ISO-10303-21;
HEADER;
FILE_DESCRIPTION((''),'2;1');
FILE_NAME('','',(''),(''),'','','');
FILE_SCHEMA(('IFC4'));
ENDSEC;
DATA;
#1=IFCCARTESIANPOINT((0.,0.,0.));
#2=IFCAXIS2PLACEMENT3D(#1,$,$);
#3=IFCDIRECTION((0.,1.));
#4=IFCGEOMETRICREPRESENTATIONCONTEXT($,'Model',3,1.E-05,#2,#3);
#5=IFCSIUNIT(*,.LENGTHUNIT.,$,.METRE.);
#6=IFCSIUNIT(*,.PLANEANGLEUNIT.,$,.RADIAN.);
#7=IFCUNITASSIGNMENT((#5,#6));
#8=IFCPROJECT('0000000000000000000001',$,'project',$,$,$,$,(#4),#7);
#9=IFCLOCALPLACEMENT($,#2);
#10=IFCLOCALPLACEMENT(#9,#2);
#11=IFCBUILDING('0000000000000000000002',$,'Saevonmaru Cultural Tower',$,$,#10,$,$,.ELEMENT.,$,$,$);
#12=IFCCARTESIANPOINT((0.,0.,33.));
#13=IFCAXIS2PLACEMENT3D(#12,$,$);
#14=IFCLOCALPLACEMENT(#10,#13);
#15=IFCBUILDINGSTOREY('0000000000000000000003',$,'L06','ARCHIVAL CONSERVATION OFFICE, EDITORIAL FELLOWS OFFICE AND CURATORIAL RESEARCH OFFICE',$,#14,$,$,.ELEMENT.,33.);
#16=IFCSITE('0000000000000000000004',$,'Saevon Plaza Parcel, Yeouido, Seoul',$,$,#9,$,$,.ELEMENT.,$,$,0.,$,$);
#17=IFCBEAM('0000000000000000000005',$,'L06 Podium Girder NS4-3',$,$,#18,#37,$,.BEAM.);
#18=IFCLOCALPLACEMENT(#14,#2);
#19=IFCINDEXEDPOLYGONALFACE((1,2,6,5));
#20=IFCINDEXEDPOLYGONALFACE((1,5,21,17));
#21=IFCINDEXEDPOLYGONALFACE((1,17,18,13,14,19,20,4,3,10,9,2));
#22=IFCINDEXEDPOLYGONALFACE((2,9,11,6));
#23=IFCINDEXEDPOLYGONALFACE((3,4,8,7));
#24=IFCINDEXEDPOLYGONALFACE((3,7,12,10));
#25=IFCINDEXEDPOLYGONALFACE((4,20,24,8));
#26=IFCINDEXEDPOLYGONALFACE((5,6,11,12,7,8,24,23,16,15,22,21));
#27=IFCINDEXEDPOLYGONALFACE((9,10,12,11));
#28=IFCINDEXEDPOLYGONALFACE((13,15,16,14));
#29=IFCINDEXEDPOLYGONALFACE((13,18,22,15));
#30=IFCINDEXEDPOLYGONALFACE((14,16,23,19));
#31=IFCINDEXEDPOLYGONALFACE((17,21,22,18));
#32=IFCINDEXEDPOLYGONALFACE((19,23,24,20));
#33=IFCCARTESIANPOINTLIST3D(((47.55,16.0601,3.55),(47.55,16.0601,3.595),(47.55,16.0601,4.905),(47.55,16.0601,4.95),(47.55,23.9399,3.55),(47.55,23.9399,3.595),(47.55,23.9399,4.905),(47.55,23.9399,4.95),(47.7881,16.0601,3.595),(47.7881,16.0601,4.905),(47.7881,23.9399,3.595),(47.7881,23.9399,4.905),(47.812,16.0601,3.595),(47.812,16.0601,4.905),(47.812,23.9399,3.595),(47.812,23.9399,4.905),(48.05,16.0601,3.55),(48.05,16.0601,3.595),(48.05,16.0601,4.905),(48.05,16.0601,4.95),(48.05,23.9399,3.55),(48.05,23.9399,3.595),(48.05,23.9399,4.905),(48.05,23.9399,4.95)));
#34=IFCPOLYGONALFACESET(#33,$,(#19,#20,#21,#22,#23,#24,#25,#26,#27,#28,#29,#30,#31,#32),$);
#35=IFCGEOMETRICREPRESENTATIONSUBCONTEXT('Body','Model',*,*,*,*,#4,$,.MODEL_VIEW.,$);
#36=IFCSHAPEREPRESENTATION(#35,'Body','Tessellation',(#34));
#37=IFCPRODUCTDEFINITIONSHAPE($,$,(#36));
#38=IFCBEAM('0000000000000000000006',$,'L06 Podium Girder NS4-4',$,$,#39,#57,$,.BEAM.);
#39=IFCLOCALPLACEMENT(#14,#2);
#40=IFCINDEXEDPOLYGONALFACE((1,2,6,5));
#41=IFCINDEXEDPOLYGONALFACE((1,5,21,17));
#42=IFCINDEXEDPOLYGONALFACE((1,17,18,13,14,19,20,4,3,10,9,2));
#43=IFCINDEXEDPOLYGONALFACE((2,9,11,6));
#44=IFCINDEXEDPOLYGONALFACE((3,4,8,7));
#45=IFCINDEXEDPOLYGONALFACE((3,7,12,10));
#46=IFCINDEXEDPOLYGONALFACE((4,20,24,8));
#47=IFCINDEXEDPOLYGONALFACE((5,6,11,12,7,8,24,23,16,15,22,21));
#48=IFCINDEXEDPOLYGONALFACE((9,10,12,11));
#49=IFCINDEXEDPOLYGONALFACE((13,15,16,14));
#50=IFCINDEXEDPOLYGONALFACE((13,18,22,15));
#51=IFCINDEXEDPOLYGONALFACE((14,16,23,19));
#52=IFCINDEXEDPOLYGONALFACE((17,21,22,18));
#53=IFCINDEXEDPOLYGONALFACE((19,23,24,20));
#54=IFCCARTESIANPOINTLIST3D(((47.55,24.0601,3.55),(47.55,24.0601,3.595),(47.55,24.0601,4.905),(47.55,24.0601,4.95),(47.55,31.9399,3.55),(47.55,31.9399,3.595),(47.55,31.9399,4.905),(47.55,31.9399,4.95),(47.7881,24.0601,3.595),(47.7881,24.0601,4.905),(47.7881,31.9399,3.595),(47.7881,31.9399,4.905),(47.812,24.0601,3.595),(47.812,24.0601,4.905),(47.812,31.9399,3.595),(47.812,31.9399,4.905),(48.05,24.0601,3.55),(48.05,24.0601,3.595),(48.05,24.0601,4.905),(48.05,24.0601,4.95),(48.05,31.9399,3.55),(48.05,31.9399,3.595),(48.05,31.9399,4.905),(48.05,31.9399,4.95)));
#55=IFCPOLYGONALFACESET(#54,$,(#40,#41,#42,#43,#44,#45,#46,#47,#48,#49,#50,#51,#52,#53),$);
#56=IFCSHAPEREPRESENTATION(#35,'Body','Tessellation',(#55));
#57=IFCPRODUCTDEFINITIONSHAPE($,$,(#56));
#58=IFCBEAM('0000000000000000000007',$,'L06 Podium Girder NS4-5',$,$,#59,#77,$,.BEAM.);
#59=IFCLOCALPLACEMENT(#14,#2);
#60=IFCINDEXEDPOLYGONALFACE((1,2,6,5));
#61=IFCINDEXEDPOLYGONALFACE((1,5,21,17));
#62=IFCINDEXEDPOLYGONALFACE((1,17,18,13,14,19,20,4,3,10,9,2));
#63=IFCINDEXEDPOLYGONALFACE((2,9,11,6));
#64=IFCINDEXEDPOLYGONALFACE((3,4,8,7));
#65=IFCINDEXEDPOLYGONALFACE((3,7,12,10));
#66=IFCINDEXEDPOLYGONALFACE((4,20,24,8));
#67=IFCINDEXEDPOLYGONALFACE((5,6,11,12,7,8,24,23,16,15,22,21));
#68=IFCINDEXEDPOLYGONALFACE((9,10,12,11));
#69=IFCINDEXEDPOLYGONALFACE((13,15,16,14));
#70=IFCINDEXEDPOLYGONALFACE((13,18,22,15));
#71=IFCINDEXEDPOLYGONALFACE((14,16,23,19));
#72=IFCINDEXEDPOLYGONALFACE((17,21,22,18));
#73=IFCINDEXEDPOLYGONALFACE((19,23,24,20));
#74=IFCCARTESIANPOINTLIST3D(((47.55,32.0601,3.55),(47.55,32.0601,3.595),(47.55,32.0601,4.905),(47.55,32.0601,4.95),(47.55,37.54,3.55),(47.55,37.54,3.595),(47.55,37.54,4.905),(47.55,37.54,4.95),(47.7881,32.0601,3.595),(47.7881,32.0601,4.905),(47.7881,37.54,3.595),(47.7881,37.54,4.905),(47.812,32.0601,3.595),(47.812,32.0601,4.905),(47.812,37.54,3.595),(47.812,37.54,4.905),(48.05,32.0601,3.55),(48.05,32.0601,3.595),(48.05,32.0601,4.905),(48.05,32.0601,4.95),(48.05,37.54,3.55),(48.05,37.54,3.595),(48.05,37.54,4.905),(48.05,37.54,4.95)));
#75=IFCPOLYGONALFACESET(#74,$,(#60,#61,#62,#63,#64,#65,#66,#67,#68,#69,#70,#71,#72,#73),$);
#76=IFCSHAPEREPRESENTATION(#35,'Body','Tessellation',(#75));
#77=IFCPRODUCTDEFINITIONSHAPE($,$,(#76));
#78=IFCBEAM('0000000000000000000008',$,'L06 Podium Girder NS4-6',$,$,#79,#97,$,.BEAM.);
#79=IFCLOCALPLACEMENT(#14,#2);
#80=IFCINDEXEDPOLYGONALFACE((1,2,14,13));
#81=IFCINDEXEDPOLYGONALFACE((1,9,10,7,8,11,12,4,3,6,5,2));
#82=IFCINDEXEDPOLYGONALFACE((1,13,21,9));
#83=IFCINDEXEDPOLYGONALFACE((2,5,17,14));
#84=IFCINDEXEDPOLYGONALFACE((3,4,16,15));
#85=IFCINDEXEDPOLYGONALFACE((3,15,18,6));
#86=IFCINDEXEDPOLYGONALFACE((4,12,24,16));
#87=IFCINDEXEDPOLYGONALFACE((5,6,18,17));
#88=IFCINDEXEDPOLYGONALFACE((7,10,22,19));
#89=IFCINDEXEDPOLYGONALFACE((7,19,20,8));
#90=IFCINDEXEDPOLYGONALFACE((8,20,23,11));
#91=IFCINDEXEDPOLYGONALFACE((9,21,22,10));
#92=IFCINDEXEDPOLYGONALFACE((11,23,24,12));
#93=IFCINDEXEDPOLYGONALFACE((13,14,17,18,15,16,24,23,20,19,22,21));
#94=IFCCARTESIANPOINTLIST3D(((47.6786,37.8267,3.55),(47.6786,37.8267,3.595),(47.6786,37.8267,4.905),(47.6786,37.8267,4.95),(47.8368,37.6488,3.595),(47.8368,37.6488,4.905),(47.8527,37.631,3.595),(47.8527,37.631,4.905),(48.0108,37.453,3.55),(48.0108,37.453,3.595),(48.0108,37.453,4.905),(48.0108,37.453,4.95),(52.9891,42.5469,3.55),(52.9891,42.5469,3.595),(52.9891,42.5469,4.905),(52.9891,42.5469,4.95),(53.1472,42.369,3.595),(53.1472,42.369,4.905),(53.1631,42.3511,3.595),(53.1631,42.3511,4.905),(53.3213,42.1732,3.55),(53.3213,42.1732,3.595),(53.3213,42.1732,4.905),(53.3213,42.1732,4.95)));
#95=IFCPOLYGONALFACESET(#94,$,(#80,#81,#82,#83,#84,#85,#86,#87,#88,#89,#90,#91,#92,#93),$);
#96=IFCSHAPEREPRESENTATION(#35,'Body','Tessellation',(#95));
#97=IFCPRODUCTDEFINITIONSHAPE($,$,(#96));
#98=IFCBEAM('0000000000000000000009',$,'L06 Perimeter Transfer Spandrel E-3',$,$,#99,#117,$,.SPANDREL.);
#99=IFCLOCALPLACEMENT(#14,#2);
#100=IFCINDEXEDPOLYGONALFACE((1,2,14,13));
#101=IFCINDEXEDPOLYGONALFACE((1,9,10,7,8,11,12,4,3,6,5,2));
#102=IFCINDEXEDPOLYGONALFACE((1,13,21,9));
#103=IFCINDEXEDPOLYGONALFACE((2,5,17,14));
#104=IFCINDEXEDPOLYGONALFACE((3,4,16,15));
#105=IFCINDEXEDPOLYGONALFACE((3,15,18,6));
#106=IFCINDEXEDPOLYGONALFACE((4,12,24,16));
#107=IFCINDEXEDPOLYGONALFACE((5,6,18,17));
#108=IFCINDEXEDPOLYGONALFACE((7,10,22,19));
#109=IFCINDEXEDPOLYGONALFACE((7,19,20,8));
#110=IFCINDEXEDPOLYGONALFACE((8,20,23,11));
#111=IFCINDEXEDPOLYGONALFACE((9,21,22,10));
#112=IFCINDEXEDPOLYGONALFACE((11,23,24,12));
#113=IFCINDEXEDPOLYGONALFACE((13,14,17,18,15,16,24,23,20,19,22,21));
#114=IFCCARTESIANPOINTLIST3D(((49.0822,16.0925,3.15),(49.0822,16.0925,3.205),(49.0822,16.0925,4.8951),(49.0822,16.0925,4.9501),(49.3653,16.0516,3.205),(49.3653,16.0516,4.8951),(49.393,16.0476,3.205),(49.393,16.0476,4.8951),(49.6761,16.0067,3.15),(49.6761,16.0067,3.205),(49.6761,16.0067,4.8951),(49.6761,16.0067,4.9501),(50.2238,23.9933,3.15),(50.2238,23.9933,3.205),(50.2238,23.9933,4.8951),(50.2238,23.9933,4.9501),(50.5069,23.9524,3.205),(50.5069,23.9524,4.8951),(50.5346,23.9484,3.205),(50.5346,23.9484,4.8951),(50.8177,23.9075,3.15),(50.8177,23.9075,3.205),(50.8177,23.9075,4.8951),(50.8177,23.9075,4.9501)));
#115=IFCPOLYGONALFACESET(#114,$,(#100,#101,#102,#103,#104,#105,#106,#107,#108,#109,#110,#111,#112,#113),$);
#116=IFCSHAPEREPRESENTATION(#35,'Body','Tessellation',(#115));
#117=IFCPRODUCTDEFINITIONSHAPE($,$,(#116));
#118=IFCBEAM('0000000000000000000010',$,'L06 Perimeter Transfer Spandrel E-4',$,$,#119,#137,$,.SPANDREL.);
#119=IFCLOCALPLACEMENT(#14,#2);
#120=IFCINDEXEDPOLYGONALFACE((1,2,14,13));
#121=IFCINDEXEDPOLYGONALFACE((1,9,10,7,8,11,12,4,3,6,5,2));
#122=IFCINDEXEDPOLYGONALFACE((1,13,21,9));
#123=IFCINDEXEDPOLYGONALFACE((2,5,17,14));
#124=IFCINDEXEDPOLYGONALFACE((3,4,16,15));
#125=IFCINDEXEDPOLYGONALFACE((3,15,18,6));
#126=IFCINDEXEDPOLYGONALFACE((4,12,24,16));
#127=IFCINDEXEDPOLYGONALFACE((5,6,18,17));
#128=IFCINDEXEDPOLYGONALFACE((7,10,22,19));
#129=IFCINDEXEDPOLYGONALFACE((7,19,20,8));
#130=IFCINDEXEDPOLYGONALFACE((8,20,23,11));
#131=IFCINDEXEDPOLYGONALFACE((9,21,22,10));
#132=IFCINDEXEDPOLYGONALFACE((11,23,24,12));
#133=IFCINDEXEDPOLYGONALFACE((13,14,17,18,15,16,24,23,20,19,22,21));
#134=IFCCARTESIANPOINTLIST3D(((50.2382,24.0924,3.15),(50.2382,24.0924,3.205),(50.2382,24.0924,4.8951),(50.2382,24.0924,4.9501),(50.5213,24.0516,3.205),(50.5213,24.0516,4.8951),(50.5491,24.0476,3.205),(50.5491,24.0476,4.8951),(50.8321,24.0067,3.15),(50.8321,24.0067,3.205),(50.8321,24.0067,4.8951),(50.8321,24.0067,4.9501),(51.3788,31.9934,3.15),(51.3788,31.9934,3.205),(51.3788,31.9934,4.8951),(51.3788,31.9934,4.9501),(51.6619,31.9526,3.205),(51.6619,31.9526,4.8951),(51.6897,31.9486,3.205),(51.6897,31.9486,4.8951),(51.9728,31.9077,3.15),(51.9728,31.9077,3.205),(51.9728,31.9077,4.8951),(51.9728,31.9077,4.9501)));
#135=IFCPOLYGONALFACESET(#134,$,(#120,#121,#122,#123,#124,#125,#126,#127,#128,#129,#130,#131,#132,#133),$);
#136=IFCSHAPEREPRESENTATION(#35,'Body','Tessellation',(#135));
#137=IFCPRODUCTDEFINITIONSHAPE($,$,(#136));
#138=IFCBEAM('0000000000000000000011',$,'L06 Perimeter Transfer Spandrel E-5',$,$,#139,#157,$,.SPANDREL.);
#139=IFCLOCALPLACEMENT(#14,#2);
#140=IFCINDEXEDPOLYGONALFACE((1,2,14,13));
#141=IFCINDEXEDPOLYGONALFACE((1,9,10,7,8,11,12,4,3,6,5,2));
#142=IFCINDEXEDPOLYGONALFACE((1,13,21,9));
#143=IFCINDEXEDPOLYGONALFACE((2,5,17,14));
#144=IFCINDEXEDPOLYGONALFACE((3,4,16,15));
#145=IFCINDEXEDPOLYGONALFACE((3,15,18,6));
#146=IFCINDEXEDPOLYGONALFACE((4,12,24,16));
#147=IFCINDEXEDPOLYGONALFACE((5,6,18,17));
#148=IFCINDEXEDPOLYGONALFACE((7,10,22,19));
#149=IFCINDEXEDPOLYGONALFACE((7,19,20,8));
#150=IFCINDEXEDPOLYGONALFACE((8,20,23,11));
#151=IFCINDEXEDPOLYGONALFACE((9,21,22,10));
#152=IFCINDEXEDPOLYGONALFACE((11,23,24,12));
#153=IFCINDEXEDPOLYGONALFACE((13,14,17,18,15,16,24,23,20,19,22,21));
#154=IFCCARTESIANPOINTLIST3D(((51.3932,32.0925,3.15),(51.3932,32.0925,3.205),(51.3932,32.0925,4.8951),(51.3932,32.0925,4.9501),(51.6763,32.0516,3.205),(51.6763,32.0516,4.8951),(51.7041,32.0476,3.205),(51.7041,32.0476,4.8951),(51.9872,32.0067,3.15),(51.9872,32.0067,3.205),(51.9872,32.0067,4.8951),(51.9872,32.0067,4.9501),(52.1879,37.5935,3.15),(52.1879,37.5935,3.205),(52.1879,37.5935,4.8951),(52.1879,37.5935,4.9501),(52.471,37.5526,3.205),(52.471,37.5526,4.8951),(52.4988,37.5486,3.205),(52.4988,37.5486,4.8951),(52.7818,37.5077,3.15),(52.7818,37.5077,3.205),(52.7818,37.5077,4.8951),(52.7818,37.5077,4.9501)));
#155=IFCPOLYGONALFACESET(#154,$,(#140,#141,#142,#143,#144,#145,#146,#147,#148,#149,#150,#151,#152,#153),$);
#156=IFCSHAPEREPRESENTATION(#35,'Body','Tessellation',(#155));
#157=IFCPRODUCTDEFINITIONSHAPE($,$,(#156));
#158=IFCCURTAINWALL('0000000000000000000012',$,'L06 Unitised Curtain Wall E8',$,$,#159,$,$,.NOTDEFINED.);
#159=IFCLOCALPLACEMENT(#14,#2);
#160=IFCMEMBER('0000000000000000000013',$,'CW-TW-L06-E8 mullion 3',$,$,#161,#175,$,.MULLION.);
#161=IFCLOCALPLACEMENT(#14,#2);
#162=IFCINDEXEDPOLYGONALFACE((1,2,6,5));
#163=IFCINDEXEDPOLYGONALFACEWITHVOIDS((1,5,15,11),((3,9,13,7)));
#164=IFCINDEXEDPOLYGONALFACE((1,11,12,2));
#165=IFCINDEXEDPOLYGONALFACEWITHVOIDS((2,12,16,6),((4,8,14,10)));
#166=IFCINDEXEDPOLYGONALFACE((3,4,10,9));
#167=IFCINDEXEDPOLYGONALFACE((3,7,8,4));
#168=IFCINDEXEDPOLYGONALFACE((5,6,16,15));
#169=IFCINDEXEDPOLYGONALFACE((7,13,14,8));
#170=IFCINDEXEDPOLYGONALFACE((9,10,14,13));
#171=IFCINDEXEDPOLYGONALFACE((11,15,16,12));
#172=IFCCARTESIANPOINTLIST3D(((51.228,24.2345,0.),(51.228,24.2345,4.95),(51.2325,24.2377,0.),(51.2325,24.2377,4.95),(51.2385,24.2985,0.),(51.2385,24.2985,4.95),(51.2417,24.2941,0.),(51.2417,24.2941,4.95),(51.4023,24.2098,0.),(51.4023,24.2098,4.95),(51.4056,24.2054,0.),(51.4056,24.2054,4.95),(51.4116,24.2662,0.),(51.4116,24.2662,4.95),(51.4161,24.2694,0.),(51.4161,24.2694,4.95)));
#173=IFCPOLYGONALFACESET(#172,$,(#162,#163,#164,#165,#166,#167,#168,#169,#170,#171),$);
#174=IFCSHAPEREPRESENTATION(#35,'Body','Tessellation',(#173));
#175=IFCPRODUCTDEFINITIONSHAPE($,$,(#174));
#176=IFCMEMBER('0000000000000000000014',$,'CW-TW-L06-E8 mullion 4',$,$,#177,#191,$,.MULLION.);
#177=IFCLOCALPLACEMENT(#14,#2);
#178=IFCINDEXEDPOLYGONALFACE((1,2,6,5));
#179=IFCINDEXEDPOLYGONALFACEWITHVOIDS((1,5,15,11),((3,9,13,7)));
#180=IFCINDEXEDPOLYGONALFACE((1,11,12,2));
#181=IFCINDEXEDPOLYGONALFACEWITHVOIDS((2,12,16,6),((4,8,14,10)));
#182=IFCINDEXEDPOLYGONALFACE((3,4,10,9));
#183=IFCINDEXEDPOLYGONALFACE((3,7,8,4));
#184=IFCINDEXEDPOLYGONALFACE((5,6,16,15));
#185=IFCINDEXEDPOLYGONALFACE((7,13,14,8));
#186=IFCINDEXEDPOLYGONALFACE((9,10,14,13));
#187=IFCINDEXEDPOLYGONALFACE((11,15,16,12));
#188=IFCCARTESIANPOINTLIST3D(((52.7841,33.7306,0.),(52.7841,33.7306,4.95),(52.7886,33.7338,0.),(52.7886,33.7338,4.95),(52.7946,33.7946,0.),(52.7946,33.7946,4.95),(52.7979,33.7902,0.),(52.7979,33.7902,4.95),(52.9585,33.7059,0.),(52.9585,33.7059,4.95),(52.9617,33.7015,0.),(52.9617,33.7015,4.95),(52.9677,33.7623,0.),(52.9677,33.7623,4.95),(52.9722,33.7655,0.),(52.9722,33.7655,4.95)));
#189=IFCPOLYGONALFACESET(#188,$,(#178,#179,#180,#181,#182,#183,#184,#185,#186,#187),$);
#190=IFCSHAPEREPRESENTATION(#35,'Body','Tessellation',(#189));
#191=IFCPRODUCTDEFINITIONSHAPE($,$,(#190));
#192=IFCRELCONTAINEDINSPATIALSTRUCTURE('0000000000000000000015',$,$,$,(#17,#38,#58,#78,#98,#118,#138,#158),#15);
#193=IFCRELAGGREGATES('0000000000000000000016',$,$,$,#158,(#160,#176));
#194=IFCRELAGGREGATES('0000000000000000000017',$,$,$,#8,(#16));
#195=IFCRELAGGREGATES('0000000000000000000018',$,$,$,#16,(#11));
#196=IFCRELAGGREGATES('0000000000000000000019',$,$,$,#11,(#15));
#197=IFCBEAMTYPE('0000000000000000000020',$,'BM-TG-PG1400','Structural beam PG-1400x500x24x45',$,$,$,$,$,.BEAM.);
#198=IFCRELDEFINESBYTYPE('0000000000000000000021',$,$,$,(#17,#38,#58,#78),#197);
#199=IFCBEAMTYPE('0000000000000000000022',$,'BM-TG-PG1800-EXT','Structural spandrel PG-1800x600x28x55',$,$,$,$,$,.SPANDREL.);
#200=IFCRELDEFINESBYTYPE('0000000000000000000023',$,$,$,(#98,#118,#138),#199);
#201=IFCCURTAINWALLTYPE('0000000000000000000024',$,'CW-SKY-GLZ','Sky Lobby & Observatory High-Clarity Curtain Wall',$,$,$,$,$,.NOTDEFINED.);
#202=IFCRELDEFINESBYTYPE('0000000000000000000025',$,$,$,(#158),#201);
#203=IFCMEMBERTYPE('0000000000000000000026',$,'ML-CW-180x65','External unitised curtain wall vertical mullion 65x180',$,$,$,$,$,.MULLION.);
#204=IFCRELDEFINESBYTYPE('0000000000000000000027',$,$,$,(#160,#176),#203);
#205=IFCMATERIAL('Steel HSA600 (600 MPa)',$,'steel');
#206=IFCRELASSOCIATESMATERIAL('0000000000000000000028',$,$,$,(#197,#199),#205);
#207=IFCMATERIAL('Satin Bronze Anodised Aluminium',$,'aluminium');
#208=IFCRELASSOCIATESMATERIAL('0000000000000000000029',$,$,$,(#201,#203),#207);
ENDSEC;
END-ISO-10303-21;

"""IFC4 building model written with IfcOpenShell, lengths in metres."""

from ifc_helpers import new_model, si_unit, direction, frame, origin, origin_2d, place, context, subcontext, project, spatial, hollow_rectangle, i_section, extrude, material, material_profile, profile_set, type_object, element, aggregate, save


model = new_model("IFC4")

# Units and contexts
model_context = context("Model", 3, precision=1e-05, world=origin(), true_north=direction((0.0, 1.0)))
body_context = subcontext(model_context, "Body", "Model", "MODEL_VIEW")
ifc_project = project(units=[si_unit("LENGTHUNIT", "METRE"), si_unit("PLANEANGLEUNIT", "RADIAN")], contexts=[model_context])

# Site, building, storey
site_placement = place(None, origin())
site = spatial("IfcSite", under=ifc_project, at=site_placement, Name="Saevon Plaza Parcel, Yeouido, Seoul", CompositionType="ELEMENT", RefElevation=0.0)
building_placement = place(site_placement, origin())
building = spatial("IfcBuilding", under=site, at=building_placement, Name="Saevonmaru Cultural Tower", CompositionType="ELEMENT")
storey_placement = place(building_placement, frame((0.0, 0.0, 33.0)))
storey = spatial("IfcBuildingStorey", under=building, at=storey_placement, Name="L06", Description="ARCHIVAL CONSERVATION OFFICE, EDITORIAL FELLOWS OFFICE AND CURATORIAL RESEARCH OFFICE", CompositionType="ELEMENT", Elevation=33.0)

# Shared definitions
ifc_material_1 = material(Name="Steel HSA600 (600 MPa)", Category="steel")

# Beams
ifc_material_profile_1 = material_profile(ifc_material_1, i_section(OverallWidth=0.5, OverallDepth=1.3999, WebThickness=0.0239, FlangeThickness=0.0449, at=origin_2d()), Name="PG-1400x500x24x45")
ifc_profile_set_1 = profile_set([ifc_material_profile_1], Name="Steel HSA600 (600 MPa)")
beam_type_1 = type_object("IfcBeamType", Name="BM-TG-PG1400", Description="Structural beam PG-1400x500x24x45", PredefinedType="BEAM", material=ifc_profile_set_1)
for number, where, z_axis, x_axis, name in (
    (1, (47.8, 16.0601, 4.25), (0.0, 1.0, 0.0), (-1.0, 0.0, 0.0), "L06 Podium Girder NS4-3"),
    (2, (47.8, 24.0601, 4.25), (0.0, 1.0, 0.0), (-1.0, 0.0, 0.0), "L06 Podium Girder NS4-4"),
):
    element("IfcBeam", number, at=place(storey_placement, frame(where, z_axis=z_axis, x_axis=x_axis)), inside=storey, type_object=beam_type_1, Name=name, PredefinedType="BEAM", context=body_context, shape_type="SweptSolid", body=[
        extrude(i_section(OverallWidth=0.5, OverallDepth=1.3999, WebThickness=0.0239, FlangeThickness=0.0449, at=origin_2d()), origin(), (0.0, 0.0, 1.0), 7.8799),
    ])
beam_1_placement = place(storey_placement, frame((47.8, 32.0601, 4.25), z_axis=(0.0, 1.0, 0.0), x_axis=(-1.0, 0.0, 0.0)))
element("IfcBeam", 3, at=beam_1_placement, inside=storey, type_object=beam_type_1, Name="L06 Podium Girder NS4-5", PredefinedType="BEAM", context=body_context, shape_type="SweptSolid", body=[
    extrude(i_section(OverallWidth=0.5, OverallDepth=1.3999, WebThickness=0.0239, FlangeThickness=0.0449, at=origin_2d()), origin(), (0.0, 0.0, 1.0), 5.48),
])
beam_2_placement = place(storey_placement, frame((47.8447, 37.6399, 4.25), z_axis=(0.747428, 0.664343, 0.0), x_axis=(-0.664343, 0.747428, 0.0)))
element("IfcBeam", 4, at=beam_2_placement, inside=storey, type_object=beam_type_1, Name="L06 Podium Girder NS4-6", PredefinedType="BEAM", context=body_context, shape_type="SweptSolid", body=[
    extrude(i_section(OverallWidth=0.5, OverallDepth=1.3999, WebThickness=0.0239, FlangeThickness=0.0449, at=origin_2d()), origin(), (0.0, 0.0, 1.0), 7.105),
])
ifc_material_profile_2 = material_profile(ifc_material_1, i_section(OverallWidth=0.6001, OverallDepth=1.8, WebThickness=0.0281, FlangeThickness=0.0549, at=origin_2d()), Name="PG-1800x600x28x55")
ifc_profile_set_2 = profile_set([ifc_material_profile_2], Name="Steel HSA600 (600 MPa)")
beam_type_2 = type_object("IfcBeamType", Name="BM-TG-PG1800-EXT", Description="Structural spandrel PG-1800x600x28x55", PredefinedType="SPANDREL", material=ifc_profile_set_2)
for number, where, z_axis, x_axis, name in (
    (5, (49.3792, 16.0496, 4.05), (0.143005, 0.989722, 0.0), (-0.989722, 0.143005, 0.0), "L06 Perimeter Transfer Spandrel E-3"),
    (6, (50.5352, 24.0496, 4.05), (0.142886, 0.989739, 0.0), (-0.989739, 0.142886, 0.0), "L06 Perimeter Transfer Spandrel E-4"),
):
    element("IfcBeam", number, at=place(storey_placement, frame(where, z_axis=z_axis, x_axis=x_axis)), inside=storey, type_object=beam_type_2, Name=name, PredefinedType="SPANDREL", context=body_context, shape_type="SweptSolid", body=[
        extrude(i_section(OverallWidth=0.6001, OverallDepth=1.8, WebThickness=0.0281, FlangeThickness=0.0549, at=origin_2d()), origin(), (0.0, 0.0, 1.0), 7.9829),
    ])
beam_3_placement = place(storey_placement, frame((51.6902, 32.0496, 4.05), z_axis=(0.142977, 0.989726, 0.0), x_axis=(-0.989726, 0.142977, 0.0)))
element("IfcBeam", 7, at=beam_3_placement, inside=storey, type_object=beam_type_2, Name="L06 Perimeter Transfer Spandrel E-5", PredefinedType="SPANDREL", context=body_context, shape_type="SweptSolid", body=[
    extrude(i_section(OverallWidth=0.6001, OverallDepth=1.8, WebThickness=0.0281, FlangeThickness=0.0549, at=origin_2d()), origin(), (0.0, 0.0, 1.0), 5.5581),
])

# Curtain wall, members
ifc_material_2 = material(Name="Satin Bronze Anodised Aluminium", Category="aluminium")
curtain_wall_type = type_object("IfcCurtainWallType", Name="CW-SKY-GLZ", Description="Sky Lobby & Observatory High-Clarity Curtain Wall", PredefinedType="NOTDEFINED", material=ifc_material_2)
curtain_wall_placement = place(storey_placement, origin())
curtain_wall = element("IfcCurtainWall", 8, at=curtain_wall_placement, inside=storey, type_object=curtain_wall_type, Name="L06 Unitised Curtain Wall E8", PredefinedType="NOTDEFINED")
ifc_material_profile_3 = material_profile(ifc_material_2, hollow_rectangle(XDim=0.0649, YDim=0.1799, WallThickness=0.0039, at=origin_2d()), Name="ALU-MULL-180x65x4")
ifc_profile_set_3 = profile_set([ifc_material_profile_3], Name="Satin Bronze Anodised Aluminium")
member_type_1 = type_object("IfcMemberType", Name="ML-CW-180x65", Description="External unitised curtain wall vertical mullion 65x180", PredefinedType="MULLION", material=ifc_profile_set_3)
member_1_placement = place(storey_placement, frame((51.322, 24.252, 0.0), z_axis=(0.0, 0.0, 1.0), x_axis=(0.161709, 0.986839, 0.0)))
member_1 = element("IfcMember", 9, at=member_1_placement, type_object=member_type_1, Name="CW-TW-L06-E8 mullion 3", PredefinedType="MULLION", context=body_context, shape_type="SweptSolid", body=[
    extrude(hollow_rectangle(XDim=0.0649, YDim=0.1799, WallThickness=0.0039, at=origin_2d()), origin(), (0.0, 0.0, 1.0), 4.95),
])
member_2_placement = place(storey_placement, frame((52.8782, 33.748, 0.0), z_axis=(0.0, 0.0, 1.0), x_axis=(0.161709, 0.986839, 0.0)))
member_2 = element("IfcMember", 10, at=member_2_placement, type_object=member_type_1, Name="CW-TW-L06-E8 mullion 4", PredefinedType="MULLION", context=body_context, shape_type="SweptSolid", body=[
    extrude(hollow_rectangle(XDim=0.0649, YDim=0.1799, WallThickness=0.0039, at=origin_2d()), origin(), (0.0, 0.0, 1.0), 4.95),
])

aggregate(curtain_wall, [member_1, member_2])

save(model, "model.ifc")
